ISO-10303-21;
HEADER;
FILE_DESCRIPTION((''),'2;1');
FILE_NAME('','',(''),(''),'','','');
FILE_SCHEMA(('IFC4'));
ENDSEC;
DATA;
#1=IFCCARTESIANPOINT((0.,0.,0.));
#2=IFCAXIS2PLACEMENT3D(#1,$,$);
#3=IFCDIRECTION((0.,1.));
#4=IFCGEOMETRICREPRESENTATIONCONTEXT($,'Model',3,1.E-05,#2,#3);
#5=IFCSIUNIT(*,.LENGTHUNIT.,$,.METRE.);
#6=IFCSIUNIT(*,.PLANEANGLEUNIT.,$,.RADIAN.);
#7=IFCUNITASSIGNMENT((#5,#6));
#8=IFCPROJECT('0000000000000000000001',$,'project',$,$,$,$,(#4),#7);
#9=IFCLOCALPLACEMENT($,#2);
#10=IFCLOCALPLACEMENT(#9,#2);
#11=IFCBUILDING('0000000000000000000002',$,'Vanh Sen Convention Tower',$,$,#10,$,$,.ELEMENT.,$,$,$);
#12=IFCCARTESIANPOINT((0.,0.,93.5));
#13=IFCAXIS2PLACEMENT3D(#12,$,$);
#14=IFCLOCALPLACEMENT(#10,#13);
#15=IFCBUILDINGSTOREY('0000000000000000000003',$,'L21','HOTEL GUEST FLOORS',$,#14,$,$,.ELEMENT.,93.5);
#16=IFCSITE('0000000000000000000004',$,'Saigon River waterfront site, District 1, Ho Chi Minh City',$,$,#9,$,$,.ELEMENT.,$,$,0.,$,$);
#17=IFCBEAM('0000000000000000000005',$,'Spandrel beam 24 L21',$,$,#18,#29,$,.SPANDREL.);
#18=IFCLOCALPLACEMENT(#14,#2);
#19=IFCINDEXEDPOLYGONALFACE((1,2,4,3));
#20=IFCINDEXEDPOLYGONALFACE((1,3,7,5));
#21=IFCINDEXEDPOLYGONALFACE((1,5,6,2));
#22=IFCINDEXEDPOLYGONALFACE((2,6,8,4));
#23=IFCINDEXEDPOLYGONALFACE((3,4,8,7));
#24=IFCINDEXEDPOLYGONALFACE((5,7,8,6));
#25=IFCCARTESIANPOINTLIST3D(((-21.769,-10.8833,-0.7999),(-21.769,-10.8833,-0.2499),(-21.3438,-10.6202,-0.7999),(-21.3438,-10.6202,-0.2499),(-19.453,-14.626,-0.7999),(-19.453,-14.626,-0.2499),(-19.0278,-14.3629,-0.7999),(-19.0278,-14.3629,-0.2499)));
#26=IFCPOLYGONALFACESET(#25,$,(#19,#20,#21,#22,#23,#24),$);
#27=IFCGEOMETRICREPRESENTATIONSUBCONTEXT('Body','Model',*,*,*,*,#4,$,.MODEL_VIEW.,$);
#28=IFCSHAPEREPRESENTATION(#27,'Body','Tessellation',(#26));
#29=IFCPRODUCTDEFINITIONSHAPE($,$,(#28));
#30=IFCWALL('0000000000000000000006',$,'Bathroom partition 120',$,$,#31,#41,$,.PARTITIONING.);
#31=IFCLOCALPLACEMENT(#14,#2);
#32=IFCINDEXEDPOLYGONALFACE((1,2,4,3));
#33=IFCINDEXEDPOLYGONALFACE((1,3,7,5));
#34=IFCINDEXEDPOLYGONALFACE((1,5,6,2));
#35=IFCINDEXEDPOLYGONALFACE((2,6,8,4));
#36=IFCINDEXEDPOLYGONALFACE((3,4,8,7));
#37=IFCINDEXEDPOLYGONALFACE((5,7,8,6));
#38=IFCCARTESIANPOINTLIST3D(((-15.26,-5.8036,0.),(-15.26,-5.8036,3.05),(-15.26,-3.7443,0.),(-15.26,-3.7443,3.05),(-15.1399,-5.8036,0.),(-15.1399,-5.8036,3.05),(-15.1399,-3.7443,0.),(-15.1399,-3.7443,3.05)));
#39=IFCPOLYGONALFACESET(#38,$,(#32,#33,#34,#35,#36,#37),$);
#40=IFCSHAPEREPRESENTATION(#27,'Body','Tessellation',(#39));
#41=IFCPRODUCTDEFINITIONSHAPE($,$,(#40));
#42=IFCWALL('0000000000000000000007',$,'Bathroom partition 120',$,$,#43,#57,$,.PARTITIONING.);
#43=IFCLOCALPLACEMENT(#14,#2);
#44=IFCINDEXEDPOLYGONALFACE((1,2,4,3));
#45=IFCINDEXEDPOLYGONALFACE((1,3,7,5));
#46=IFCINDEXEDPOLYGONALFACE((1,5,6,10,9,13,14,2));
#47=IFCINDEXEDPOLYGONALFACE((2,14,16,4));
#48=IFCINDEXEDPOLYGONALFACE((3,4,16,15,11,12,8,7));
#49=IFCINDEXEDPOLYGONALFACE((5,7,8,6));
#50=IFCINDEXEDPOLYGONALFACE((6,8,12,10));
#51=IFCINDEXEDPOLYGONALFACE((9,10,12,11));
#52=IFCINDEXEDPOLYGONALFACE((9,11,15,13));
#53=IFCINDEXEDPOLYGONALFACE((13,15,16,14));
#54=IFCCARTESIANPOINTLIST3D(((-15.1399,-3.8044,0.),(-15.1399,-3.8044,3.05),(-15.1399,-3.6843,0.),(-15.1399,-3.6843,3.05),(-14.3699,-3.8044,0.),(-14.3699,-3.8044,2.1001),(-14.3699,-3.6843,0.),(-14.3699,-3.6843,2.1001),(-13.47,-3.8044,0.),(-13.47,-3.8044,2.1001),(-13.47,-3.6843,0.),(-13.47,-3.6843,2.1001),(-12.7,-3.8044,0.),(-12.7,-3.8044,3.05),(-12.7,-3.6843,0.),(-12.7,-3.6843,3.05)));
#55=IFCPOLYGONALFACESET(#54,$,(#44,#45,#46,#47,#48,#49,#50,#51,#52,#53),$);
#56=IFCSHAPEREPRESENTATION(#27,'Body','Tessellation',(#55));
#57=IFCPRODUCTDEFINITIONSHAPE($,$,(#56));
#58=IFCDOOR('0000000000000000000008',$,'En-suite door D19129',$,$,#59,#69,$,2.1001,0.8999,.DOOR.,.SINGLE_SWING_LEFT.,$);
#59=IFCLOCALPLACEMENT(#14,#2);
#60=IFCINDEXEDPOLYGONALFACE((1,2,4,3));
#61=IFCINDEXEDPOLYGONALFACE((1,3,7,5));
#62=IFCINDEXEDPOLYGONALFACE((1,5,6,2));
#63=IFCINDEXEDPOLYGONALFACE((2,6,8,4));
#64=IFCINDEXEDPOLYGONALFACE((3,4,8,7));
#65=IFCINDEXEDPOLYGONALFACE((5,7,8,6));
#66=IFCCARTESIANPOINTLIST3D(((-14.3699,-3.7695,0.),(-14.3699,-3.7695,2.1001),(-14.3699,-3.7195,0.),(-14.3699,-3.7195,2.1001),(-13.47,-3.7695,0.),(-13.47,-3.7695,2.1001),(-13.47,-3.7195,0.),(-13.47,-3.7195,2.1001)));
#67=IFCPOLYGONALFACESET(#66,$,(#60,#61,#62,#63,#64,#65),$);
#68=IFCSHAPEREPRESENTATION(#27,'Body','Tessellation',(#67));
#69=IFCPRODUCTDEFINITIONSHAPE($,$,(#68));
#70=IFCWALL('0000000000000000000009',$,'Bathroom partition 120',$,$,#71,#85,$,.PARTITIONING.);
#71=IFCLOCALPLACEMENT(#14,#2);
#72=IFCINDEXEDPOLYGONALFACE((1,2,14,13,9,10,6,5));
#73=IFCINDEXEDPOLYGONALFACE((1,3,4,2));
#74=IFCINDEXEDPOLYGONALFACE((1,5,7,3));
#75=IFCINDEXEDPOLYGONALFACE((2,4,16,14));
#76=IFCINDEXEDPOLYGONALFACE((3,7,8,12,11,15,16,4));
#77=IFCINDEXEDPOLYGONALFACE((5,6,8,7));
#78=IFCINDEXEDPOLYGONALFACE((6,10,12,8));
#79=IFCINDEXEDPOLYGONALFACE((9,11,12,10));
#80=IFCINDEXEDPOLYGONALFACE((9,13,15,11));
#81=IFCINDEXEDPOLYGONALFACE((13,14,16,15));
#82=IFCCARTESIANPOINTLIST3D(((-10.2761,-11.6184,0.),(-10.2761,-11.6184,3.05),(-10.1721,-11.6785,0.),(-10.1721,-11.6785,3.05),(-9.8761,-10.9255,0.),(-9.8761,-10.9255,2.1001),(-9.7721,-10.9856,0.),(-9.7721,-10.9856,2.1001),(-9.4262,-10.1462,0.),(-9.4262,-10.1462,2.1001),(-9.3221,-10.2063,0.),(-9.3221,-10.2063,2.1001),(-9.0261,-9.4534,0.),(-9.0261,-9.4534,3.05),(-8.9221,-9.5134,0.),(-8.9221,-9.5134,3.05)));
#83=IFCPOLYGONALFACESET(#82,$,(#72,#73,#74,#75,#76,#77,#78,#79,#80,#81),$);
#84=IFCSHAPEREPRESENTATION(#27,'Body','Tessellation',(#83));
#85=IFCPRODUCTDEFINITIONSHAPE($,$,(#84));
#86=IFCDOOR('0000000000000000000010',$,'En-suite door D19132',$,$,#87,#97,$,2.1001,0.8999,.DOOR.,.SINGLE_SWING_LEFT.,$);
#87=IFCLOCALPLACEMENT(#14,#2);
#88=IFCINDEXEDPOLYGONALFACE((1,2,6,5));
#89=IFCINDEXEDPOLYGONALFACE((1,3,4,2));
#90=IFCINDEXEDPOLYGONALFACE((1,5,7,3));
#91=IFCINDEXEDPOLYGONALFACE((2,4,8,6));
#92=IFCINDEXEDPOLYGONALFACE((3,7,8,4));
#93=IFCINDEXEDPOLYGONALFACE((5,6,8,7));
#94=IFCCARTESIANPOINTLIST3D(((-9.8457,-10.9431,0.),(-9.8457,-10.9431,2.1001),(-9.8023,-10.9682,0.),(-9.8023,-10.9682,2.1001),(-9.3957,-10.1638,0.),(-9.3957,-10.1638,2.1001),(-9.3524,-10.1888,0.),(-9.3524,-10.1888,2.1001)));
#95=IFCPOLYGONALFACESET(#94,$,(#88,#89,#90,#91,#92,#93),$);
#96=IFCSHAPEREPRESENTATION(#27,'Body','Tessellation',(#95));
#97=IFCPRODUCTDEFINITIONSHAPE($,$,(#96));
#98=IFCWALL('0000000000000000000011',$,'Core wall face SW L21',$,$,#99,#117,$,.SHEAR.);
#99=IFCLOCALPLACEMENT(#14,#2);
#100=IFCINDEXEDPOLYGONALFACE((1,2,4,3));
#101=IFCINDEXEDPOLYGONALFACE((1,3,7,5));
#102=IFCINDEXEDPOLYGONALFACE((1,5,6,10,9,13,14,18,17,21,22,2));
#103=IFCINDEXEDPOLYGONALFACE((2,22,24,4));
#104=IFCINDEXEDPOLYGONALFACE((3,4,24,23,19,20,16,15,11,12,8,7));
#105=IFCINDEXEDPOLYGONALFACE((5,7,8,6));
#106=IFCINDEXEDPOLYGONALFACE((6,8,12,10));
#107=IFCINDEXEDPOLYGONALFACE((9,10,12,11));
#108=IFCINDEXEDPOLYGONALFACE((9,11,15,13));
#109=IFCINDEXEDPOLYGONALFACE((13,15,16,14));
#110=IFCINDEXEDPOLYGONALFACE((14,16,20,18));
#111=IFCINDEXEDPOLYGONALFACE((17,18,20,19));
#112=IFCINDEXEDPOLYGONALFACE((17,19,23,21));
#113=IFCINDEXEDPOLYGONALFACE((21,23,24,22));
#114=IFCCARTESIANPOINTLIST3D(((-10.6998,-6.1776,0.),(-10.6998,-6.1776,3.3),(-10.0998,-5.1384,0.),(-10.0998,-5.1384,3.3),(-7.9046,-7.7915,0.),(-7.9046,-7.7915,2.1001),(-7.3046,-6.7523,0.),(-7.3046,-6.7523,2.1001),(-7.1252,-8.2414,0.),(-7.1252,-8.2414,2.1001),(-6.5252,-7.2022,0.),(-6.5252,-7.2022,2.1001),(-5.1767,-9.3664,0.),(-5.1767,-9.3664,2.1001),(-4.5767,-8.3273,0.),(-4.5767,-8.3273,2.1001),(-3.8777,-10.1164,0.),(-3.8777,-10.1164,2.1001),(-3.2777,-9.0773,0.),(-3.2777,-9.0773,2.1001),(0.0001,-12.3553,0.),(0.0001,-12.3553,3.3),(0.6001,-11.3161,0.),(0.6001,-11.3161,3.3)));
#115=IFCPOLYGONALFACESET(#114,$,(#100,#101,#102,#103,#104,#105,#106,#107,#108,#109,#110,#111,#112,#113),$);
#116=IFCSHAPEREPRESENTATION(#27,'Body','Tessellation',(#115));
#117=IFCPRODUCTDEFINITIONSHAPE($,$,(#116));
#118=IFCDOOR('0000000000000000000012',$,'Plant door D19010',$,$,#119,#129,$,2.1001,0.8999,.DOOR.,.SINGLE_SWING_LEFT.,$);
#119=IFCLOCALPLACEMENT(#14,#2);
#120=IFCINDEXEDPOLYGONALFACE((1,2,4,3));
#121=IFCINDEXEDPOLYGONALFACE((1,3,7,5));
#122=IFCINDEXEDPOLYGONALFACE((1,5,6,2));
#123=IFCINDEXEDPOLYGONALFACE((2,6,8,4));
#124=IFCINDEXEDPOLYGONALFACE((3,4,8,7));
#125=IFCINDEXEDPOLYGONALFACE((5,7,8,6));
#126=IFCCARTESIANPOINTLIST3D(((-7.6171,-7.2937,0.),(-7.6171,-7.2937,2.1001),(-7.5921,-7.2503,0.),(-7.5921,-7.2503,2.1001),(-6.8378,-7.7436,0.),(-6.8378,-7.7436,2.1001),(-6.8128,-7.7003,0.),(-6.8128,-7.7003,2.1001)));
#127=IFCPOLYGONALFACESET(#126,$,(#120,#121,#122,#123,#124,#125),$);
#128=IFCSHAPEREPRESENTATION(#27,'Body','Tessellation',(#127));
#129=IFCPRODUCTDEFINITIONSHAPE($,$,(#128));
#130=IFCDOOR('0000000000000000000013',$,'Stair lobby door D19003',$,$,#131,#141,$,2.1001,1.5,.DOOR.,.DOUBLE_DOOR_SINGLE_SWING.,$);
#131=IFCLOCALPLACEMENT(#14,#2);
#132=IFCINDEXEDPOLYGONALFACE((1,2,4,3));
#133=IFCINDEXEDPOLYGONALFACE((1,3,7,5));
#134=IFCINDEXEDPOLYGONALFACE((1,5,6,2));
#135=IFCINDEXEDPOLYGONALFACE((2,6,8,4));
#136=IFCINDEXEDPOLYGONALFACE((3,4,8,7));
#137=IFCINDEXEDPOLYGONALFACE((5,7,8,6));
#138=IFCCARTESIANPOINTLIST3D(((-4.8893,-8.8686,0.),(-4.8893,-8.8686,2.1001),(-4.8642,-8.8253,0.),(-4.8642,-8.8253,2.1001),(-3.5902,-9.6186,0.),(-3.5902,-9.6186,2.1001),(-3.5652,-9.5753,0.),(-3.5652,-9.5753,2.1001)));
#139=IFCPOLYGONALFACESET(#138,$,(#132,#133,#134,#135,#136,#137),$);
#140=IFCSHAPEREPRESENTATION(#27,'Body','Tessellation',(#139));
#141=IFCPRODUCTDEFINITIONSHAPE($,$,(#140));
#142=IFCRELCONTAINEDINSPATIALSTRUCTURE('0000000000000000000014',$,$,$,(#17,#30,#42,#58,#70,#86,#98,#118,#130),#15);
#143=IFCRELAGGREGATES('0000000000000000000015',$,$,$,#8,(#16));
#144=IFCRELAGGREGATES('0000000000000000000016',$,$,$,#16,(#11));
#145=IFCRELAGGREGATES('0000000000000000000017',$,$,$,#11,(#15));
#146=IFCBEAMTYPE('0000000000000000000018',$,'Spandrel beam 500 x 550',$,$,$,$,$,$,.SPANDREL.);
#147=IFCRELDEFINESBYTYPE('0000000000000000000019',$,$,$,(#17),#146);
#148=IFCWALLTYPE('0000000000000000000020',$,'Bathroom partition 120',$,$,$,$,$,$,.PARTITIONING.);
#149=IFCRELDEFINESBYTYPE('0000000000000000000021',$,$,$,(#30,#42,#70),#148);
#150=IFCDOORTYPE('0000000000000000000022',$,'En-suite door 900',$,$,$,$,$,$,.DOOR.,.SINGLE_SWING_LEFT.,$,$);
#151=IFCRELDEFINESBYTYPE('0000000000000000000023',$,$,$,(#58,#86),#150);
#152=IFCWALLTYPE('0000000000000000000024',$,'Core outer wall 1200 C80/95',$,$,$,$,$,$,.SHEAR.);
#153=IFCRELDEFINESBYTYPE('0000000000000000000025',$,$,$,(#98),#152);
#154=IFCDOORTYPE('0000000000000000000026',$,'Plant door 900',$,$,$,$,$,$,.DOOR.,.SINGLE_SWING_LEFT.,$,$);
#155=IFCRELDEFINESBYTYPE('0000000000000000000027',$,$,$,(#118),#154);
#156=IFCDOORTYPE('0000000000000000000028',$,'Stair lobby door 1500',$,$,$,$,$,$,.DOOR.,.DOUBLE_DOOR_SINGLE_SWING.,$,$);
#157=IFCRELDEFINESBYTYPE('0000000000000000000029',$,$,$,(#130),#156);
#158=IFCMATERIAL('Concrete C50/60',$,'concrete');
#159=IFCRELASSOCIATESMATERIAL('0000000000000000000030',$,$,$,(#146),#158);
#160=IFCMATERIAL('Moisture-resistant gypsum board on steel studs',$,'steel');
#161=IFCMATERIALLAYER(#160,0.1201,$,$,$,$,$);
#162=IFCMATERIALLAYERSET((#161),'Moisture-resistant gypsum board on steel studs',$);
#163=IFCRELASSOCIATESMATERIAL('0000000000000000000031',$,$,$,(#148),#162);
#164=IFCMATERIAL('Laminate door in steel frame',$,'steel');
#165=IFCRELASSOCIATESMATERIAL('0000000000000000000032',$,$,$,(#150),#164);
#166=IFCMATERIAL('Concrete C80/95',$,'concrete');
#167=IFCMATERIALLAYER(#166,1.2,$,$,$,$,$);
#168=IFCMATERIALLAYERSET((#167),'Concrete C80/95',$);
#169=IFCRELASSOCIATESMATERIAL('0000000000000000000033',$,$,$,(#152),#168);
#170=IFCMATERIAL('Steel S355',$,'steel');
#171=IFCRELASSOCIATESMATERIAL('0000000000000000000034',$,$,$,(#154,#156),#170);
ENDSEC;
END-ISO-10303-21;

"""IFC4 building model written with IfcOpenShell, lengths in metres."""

from ifc_helpers import new_model, si_unit, direction, frame, frame_2d, origin, origin_2d, place, context, subcontext, project, spatial, rectangle, extrude, material, layer, layer_set, material_profile, profile_set, type_object, element, fill, save


model = new_model("IFC4")

# Units and contexts
model_context = context("Model", 3, precision=1e-05, world=origin(), true_north=direction((0.0, 1.0)))
body_context = subcontext(model_context, "Body", "Model", "MODEL_VIEW")
ifc_project = project(units=[si_unit("LENGTHUNIT", "METRE"), si_unit("PLANEANGLEUNIT", "RADIAN")], contexts=[model_context])

# Site, building, storey
site_placement = place(None, origin())
site = spatial("IfcSite", under=ifc_project, at=site_placement, Name="Saigon River waterfront site, District 1, Ho Chi Minh City", CompositionType="ELEMENT", RefElevation=0.0)
building_placement = place(site_placement, origin())
building = spatial("IfcBuilding", under=site, at=building_placement, Name="Vanh Sen Convention Tower", CompositionType="ELEMENT")
storey_placement = place(building_placement, frame((0.0, 0.0, 93.5)))
storey = spatial("IfcBuildingStorey", under=building, at=storey_placement, Name="L21", Description="HOTEL GUEST FLOORS", CompositionType="ELEMENT", Elevation=93.5)

# Beam
ifc_material_1 = material(Name="Concrete C50/60", Category="concrete")
ifc_material_profile = material_profile(ifc_material_1, rectangle(XDim=0.5, YDim=0.55, at=origin_2d()), Name="RC 500X550")
ifc_profile_set = profile_set([ifc_material_profile], Name="Concrete C50/60")
beam_type = type_object("IfcBeamType", Name="Spandrel beam 500 x 550", PredefinedType="SPANDREL", material=ifc_profile_set)
beam_placement = place(storey_placement, frame((-21.5564, -10.7517, -0.5249), z_axis=(0.526194, -0.850364, 0.0), x_axis=(0.850364, 0.526194, 0.0)))
element("IfcBeam", 1, at=beam_placement, inside=storey, type_object=beam_type, Name="Spandrel beam 24 L21", PredefinedType="SPANDREL", context=body_context, shape_type="SweptSolid", body=[
    extrude(rectangle(XDim=0.5, YDim=0.55, at=origin_2d()), origin(), (0.0, 0.0, 1.0), 4.4014),
])

# Wall
ifc_material_2 = material(Name="Moisture-resistant gypsum board on steel studs", Category="steel")
ifc_layer_1 = layer(ifc_material_2, 0.1201)
ifc_layer_set_1 = layer_set([ifc_layer_1], Name="Moisture-resistant gypsum board on steel studs")
wall_type_1 = type_object("IfcWallType", Name="Bathroom partition 120", PredefinedType="PARTITIONING", material=ifc_layer_set_1)
wall_1_placement = place(storey_placement, frame((-15.2, -5.8037, 0.0), z_axis=(0.0, 0.0, 1.0), x_axis=(0.0, 1.0, 0.0)))
element("IfcWall", 2, at=wall_1_placement, inside=storey, type_object=wall_type_1, Name="Bathroom partition 120", PredefinedType="PARTITIONING", context=body_context, shape_type="SweptSolid", body=[
    extrude(rectangle(XDim=2.0593, YDim=0.1201, at=frame_2d((1.0298, 0.0))), origin(), (0.0, 0.0, 1.0), 3.05),
])

# Walls, openings, doors
wall_2_placement = place(storey_placement, frame((-15.1399, -3.7444, 0.0), z_axis=(0.0, 0.0, 1.0), x_axis=(1.0, 0.0, 0.0)))
wall_2 = element("IfcWall", 3, at=wall_2_placement, inside=storey, type_object=wall_type_1, Name="Bathroom partition 120", PredefinedType="PARTITIONING", context=body_context, shape_type="SweptSolid", body=[
    extrude(rectangle(XDim=2.4399, YDim=0.1201, at=frame_2d((1.22, 0.0))), origin(), (0.0, 0.0, 1.0), 3.05),
])
opening_1_placement = place(wall_2_placement, frame((0.77, 0.0, 0.0)))
opening_1 = element("IfcOpeningElement", 4, at=opening_1_placement, cuts=wall_2, PredefinedType="OPENING", context=body_context, shape_type="SweptSolid", body=[
    extrude(rectangle(XDim=0.8999, YDim=2.1001, at=frame_2d((0.45, 1.05))), frame((0.0, 0.0701, 0.0), z_axis=(0.0, -1.0, 0.0), x_axis=(1.0, 0.0, 0.0)), (0.0, 0.0, 1.0), 0.1401),
])
ifc_material_3 = material(Name="Laminate door in steel frame", Category="steel")
door_type_1 = type_object("IfcDoorType", Name="En-suite door 900", OperationType="SINGLE_SWING_LEFT", PredefinedType="DOOR", material=ifc_material_3)
door_1_placement = place(opening_1_placement, origin())
door_1 = element("IfcDoor", 5, at=door_1_placement, inside=storey, type_object=door_type_1, Name="En-suite door D19129", OperationType="SINGLE_SWING_LEFT", OverallHeight=2.1001, OverallWidth=0.8999, PredefinedType="DOOR", context=body_context, shape_type="SweptSolid", body=[
    extrude(rectangle(XDim=0.8999, YDim=2.1001, at=frame_2d((0.45, 1.05))), frame((0.0, 0.0249, 0.0), z_axis=(0.0, -1.0, 0.0), x_axis=(1.0, 0.0, 0.0)), (0.0, 0.0, 1.0), 0.05),
])
fill(opening_1, door_1)
wall_3_placement = place(storey_placement, frame((-10.2241, -11.6484, 0.0), z_axis=(0.0, 0.0, 1.0), x_axis=(0.500004, 0.866023, 0.0)))
wall_3 = element("IfcWall", 6, at=wall_3_placement, inside=storey, type_object=wall_type_1, Name="Bathroom partition 120", PredefinedType="PARTITIONING", context=body_context, shape_type="SweptSolid", body=[
    extrude(rectangle(XDim=2.5, YDim=0.1201, at=frame_2d((1.25, 0.0))), origin(), (0.0, 0.0, 1.0), 3.05),
])
opening_2_placement = place(wall_3_placement, frame((0.8, 0.0, 0.0)))
opening_2 = element("IfcOpeningElement", 7, at=opening_2_placement, cuts=wall_3, PredefinedType="OPENING", context=body_context, shape_type="SweptSolid", body=[
    extrude(rectangle(XDim=0.8999, YDim=2.1001, at=frame_2d((0.45, 1.05))), frame((0.0, 0.0701, 0.0), z_axis=(0.0, -1.0, 0.0), x_axis=(1.0, 0.0, 0.0)), (0.0, 0.0, 1.0), 0.1401),
])
door_2_placement = place(opening_2_placement, origin())
door_2 = element("IfcDoor", 8, at=door_2_placement, inside=storey, type_object=door_type_1, Name="En-suite door D19132", OperationType="SINGLE_SWING_LEFT", OverallHeight=2.1001, OverallWidth=0.8999, PredefinedType="DOOR", context=body_context, shape_type="SweptSolid", body=[
    extrude(rectangle(XDim=0.8999, YDim=2.1001, at=frame_2d((0.45, 1.05))), frame((0.0, 0.0249, 0.0), z_axis=(0.0, -1.0, 0.0), x_axis=(1.0, 0.0, 0.0)), (0.0, 0.0, 1.0), 0.05),
])
fill(opening_2, door_2)

# Wall, openings, doors
ifc_material_4 = material(Name="Concrete C80/95", Category="concrete")
ifc_layer_2 = layer(ifc_material_4, 1.2)
ifc_layer_set_2 = layer_set([ifc_layer_2], Name="Concrete C80/95")
wall_type_2 = type_object("IfcWallType", Name="Core outer wall 1200 C80/95", PredefinedType="SHEAR", material=ifc_layer_set_2)
wall_4_placement = place(storey_placement, frame((-10.3999, -5.658, 0.0), z_axis=(0.0, 0.0, 1.0), x_axis=(0.866021, -0.500007, 0.0)))
wall_4 = element("IfcWall", 9, at=wall_4_placement, inside=storey, type_object=wall_type_2, Name="Core wall face SW L21", PredefinedType="SHEAR", context=body_context, shape_type="SweptSolid", body=[
    extrude(rectangle(XDim=12.3552, YDim=1.2, at=frame_2d((6.1777, 0.0))), origin(), (0.0, 0.0, 1.0), 3.3),
])
opening_3_placement = place(wall_4_placement, frame((6.3777, 0.0, 0.0)))
opening_3 = element("IfcOpeningElement", 10, at=opening_3_placement, cuts=wall_4, PredefinedType="OPENING", context=body_context, shape_type="SweptSolid", body=[
    extrude(rectangle(XDim=1.5, YDim=2.1001, at=frame_2d((0.75, 1.05))), frame((0.0, 0.6099, 0.0), z_axis=(0.0, -1.0, 0.0), x_axis=(1.0, 0.0, 0.0)), (0.0, 0.0, 1.0), 1.22),
])
opening_4_placement = place(wall_4_placement, frame((3.2278, 0.0, 0.0)))
opening_4 = element("IfcOpeningElement", 11, at=opening_4_placement, cuts=wall_4, PredefinedType="OPENING", context=body_context, shape_type="SweptSolid", body=[
    extrude(rectangle(XDim=0.8999, YDim=2.1001, at=frame_2d((0.45, 1.05))), frame((0.0, 0.6099, 0.0), z_axis=(0.0, -1.0, 0.0), x_axis=(1.0, 0.0, 0.0)), (0.0, 0.0, 1.0), 1.22),
])
ifc_material_5 = material(Name="Steel S355", Category="steel")
door_type_2 = type_object("IfcDoorType", Name="Plant door 900", OperationType="SINGLE_SWING_LEFT", PredefinedType="DOOR", material=ifc_material_5)
door_3_placement = place(opening_4_placement, origin())
door_3 = element("IfcDoor", 12, at=door_3_placement, inside=storey, type_object=door_type_2, Name="Plant door D19010", OperationType="SINGLE_SWING_LEFT", OverallHeight=2.1001, OverallWidth=0.8999, PredefinedType="DOOR", context=body_context, shape_type="SweptSolid", body=[
    extrude(rectangle(XDim=0.8999, YDim=2.1001, at=frame_2d((0.45, 1.05))), frame((0.0, 0.0249, 0.0), z_axis=(0.0, -1.0, 0.0), x_axis=(1.0, 0.0, 0.0)), (0.0, 0.0, 1.0), 0.05),
])
fill(opening_4, door_3)
door_type_3 = type_object("IfcDoorType", Name="Stair lobby door 1500", OperationType="DOUBLE_DOOR_SINGLE_SWING", PredefinedType="DOOR", material=ifc_material_5)
door_4_placement = place(opening_3_placement, origin())
door_4 = element("IfcDoor", 13, at=door_4_placement, inside=storey, type_object=door_type_3, Name="Stair lobby door D19003", OperationType="DOUBLE_DOOR_SINGLE_SWING", OverallHeight=2.1001, OverallWidth=1.5, PredefinedType="DOOR", context=body_context, shape_type="SweptSolid", body=[
    extrude(rectangle(XDim=1.5, YDim=2.1001, at=frame_2d((0.75, 1.05))), frame((0.0, 0.0249, 0.0), z_axis=(0.0, -1.0, 0.0), x_axis=(1.0, 0.0, 0.0)), (0.0, 0.0, 1.0), 0.05),
])
fill(opening_3, door_4)

save(model, "model.ifc")
